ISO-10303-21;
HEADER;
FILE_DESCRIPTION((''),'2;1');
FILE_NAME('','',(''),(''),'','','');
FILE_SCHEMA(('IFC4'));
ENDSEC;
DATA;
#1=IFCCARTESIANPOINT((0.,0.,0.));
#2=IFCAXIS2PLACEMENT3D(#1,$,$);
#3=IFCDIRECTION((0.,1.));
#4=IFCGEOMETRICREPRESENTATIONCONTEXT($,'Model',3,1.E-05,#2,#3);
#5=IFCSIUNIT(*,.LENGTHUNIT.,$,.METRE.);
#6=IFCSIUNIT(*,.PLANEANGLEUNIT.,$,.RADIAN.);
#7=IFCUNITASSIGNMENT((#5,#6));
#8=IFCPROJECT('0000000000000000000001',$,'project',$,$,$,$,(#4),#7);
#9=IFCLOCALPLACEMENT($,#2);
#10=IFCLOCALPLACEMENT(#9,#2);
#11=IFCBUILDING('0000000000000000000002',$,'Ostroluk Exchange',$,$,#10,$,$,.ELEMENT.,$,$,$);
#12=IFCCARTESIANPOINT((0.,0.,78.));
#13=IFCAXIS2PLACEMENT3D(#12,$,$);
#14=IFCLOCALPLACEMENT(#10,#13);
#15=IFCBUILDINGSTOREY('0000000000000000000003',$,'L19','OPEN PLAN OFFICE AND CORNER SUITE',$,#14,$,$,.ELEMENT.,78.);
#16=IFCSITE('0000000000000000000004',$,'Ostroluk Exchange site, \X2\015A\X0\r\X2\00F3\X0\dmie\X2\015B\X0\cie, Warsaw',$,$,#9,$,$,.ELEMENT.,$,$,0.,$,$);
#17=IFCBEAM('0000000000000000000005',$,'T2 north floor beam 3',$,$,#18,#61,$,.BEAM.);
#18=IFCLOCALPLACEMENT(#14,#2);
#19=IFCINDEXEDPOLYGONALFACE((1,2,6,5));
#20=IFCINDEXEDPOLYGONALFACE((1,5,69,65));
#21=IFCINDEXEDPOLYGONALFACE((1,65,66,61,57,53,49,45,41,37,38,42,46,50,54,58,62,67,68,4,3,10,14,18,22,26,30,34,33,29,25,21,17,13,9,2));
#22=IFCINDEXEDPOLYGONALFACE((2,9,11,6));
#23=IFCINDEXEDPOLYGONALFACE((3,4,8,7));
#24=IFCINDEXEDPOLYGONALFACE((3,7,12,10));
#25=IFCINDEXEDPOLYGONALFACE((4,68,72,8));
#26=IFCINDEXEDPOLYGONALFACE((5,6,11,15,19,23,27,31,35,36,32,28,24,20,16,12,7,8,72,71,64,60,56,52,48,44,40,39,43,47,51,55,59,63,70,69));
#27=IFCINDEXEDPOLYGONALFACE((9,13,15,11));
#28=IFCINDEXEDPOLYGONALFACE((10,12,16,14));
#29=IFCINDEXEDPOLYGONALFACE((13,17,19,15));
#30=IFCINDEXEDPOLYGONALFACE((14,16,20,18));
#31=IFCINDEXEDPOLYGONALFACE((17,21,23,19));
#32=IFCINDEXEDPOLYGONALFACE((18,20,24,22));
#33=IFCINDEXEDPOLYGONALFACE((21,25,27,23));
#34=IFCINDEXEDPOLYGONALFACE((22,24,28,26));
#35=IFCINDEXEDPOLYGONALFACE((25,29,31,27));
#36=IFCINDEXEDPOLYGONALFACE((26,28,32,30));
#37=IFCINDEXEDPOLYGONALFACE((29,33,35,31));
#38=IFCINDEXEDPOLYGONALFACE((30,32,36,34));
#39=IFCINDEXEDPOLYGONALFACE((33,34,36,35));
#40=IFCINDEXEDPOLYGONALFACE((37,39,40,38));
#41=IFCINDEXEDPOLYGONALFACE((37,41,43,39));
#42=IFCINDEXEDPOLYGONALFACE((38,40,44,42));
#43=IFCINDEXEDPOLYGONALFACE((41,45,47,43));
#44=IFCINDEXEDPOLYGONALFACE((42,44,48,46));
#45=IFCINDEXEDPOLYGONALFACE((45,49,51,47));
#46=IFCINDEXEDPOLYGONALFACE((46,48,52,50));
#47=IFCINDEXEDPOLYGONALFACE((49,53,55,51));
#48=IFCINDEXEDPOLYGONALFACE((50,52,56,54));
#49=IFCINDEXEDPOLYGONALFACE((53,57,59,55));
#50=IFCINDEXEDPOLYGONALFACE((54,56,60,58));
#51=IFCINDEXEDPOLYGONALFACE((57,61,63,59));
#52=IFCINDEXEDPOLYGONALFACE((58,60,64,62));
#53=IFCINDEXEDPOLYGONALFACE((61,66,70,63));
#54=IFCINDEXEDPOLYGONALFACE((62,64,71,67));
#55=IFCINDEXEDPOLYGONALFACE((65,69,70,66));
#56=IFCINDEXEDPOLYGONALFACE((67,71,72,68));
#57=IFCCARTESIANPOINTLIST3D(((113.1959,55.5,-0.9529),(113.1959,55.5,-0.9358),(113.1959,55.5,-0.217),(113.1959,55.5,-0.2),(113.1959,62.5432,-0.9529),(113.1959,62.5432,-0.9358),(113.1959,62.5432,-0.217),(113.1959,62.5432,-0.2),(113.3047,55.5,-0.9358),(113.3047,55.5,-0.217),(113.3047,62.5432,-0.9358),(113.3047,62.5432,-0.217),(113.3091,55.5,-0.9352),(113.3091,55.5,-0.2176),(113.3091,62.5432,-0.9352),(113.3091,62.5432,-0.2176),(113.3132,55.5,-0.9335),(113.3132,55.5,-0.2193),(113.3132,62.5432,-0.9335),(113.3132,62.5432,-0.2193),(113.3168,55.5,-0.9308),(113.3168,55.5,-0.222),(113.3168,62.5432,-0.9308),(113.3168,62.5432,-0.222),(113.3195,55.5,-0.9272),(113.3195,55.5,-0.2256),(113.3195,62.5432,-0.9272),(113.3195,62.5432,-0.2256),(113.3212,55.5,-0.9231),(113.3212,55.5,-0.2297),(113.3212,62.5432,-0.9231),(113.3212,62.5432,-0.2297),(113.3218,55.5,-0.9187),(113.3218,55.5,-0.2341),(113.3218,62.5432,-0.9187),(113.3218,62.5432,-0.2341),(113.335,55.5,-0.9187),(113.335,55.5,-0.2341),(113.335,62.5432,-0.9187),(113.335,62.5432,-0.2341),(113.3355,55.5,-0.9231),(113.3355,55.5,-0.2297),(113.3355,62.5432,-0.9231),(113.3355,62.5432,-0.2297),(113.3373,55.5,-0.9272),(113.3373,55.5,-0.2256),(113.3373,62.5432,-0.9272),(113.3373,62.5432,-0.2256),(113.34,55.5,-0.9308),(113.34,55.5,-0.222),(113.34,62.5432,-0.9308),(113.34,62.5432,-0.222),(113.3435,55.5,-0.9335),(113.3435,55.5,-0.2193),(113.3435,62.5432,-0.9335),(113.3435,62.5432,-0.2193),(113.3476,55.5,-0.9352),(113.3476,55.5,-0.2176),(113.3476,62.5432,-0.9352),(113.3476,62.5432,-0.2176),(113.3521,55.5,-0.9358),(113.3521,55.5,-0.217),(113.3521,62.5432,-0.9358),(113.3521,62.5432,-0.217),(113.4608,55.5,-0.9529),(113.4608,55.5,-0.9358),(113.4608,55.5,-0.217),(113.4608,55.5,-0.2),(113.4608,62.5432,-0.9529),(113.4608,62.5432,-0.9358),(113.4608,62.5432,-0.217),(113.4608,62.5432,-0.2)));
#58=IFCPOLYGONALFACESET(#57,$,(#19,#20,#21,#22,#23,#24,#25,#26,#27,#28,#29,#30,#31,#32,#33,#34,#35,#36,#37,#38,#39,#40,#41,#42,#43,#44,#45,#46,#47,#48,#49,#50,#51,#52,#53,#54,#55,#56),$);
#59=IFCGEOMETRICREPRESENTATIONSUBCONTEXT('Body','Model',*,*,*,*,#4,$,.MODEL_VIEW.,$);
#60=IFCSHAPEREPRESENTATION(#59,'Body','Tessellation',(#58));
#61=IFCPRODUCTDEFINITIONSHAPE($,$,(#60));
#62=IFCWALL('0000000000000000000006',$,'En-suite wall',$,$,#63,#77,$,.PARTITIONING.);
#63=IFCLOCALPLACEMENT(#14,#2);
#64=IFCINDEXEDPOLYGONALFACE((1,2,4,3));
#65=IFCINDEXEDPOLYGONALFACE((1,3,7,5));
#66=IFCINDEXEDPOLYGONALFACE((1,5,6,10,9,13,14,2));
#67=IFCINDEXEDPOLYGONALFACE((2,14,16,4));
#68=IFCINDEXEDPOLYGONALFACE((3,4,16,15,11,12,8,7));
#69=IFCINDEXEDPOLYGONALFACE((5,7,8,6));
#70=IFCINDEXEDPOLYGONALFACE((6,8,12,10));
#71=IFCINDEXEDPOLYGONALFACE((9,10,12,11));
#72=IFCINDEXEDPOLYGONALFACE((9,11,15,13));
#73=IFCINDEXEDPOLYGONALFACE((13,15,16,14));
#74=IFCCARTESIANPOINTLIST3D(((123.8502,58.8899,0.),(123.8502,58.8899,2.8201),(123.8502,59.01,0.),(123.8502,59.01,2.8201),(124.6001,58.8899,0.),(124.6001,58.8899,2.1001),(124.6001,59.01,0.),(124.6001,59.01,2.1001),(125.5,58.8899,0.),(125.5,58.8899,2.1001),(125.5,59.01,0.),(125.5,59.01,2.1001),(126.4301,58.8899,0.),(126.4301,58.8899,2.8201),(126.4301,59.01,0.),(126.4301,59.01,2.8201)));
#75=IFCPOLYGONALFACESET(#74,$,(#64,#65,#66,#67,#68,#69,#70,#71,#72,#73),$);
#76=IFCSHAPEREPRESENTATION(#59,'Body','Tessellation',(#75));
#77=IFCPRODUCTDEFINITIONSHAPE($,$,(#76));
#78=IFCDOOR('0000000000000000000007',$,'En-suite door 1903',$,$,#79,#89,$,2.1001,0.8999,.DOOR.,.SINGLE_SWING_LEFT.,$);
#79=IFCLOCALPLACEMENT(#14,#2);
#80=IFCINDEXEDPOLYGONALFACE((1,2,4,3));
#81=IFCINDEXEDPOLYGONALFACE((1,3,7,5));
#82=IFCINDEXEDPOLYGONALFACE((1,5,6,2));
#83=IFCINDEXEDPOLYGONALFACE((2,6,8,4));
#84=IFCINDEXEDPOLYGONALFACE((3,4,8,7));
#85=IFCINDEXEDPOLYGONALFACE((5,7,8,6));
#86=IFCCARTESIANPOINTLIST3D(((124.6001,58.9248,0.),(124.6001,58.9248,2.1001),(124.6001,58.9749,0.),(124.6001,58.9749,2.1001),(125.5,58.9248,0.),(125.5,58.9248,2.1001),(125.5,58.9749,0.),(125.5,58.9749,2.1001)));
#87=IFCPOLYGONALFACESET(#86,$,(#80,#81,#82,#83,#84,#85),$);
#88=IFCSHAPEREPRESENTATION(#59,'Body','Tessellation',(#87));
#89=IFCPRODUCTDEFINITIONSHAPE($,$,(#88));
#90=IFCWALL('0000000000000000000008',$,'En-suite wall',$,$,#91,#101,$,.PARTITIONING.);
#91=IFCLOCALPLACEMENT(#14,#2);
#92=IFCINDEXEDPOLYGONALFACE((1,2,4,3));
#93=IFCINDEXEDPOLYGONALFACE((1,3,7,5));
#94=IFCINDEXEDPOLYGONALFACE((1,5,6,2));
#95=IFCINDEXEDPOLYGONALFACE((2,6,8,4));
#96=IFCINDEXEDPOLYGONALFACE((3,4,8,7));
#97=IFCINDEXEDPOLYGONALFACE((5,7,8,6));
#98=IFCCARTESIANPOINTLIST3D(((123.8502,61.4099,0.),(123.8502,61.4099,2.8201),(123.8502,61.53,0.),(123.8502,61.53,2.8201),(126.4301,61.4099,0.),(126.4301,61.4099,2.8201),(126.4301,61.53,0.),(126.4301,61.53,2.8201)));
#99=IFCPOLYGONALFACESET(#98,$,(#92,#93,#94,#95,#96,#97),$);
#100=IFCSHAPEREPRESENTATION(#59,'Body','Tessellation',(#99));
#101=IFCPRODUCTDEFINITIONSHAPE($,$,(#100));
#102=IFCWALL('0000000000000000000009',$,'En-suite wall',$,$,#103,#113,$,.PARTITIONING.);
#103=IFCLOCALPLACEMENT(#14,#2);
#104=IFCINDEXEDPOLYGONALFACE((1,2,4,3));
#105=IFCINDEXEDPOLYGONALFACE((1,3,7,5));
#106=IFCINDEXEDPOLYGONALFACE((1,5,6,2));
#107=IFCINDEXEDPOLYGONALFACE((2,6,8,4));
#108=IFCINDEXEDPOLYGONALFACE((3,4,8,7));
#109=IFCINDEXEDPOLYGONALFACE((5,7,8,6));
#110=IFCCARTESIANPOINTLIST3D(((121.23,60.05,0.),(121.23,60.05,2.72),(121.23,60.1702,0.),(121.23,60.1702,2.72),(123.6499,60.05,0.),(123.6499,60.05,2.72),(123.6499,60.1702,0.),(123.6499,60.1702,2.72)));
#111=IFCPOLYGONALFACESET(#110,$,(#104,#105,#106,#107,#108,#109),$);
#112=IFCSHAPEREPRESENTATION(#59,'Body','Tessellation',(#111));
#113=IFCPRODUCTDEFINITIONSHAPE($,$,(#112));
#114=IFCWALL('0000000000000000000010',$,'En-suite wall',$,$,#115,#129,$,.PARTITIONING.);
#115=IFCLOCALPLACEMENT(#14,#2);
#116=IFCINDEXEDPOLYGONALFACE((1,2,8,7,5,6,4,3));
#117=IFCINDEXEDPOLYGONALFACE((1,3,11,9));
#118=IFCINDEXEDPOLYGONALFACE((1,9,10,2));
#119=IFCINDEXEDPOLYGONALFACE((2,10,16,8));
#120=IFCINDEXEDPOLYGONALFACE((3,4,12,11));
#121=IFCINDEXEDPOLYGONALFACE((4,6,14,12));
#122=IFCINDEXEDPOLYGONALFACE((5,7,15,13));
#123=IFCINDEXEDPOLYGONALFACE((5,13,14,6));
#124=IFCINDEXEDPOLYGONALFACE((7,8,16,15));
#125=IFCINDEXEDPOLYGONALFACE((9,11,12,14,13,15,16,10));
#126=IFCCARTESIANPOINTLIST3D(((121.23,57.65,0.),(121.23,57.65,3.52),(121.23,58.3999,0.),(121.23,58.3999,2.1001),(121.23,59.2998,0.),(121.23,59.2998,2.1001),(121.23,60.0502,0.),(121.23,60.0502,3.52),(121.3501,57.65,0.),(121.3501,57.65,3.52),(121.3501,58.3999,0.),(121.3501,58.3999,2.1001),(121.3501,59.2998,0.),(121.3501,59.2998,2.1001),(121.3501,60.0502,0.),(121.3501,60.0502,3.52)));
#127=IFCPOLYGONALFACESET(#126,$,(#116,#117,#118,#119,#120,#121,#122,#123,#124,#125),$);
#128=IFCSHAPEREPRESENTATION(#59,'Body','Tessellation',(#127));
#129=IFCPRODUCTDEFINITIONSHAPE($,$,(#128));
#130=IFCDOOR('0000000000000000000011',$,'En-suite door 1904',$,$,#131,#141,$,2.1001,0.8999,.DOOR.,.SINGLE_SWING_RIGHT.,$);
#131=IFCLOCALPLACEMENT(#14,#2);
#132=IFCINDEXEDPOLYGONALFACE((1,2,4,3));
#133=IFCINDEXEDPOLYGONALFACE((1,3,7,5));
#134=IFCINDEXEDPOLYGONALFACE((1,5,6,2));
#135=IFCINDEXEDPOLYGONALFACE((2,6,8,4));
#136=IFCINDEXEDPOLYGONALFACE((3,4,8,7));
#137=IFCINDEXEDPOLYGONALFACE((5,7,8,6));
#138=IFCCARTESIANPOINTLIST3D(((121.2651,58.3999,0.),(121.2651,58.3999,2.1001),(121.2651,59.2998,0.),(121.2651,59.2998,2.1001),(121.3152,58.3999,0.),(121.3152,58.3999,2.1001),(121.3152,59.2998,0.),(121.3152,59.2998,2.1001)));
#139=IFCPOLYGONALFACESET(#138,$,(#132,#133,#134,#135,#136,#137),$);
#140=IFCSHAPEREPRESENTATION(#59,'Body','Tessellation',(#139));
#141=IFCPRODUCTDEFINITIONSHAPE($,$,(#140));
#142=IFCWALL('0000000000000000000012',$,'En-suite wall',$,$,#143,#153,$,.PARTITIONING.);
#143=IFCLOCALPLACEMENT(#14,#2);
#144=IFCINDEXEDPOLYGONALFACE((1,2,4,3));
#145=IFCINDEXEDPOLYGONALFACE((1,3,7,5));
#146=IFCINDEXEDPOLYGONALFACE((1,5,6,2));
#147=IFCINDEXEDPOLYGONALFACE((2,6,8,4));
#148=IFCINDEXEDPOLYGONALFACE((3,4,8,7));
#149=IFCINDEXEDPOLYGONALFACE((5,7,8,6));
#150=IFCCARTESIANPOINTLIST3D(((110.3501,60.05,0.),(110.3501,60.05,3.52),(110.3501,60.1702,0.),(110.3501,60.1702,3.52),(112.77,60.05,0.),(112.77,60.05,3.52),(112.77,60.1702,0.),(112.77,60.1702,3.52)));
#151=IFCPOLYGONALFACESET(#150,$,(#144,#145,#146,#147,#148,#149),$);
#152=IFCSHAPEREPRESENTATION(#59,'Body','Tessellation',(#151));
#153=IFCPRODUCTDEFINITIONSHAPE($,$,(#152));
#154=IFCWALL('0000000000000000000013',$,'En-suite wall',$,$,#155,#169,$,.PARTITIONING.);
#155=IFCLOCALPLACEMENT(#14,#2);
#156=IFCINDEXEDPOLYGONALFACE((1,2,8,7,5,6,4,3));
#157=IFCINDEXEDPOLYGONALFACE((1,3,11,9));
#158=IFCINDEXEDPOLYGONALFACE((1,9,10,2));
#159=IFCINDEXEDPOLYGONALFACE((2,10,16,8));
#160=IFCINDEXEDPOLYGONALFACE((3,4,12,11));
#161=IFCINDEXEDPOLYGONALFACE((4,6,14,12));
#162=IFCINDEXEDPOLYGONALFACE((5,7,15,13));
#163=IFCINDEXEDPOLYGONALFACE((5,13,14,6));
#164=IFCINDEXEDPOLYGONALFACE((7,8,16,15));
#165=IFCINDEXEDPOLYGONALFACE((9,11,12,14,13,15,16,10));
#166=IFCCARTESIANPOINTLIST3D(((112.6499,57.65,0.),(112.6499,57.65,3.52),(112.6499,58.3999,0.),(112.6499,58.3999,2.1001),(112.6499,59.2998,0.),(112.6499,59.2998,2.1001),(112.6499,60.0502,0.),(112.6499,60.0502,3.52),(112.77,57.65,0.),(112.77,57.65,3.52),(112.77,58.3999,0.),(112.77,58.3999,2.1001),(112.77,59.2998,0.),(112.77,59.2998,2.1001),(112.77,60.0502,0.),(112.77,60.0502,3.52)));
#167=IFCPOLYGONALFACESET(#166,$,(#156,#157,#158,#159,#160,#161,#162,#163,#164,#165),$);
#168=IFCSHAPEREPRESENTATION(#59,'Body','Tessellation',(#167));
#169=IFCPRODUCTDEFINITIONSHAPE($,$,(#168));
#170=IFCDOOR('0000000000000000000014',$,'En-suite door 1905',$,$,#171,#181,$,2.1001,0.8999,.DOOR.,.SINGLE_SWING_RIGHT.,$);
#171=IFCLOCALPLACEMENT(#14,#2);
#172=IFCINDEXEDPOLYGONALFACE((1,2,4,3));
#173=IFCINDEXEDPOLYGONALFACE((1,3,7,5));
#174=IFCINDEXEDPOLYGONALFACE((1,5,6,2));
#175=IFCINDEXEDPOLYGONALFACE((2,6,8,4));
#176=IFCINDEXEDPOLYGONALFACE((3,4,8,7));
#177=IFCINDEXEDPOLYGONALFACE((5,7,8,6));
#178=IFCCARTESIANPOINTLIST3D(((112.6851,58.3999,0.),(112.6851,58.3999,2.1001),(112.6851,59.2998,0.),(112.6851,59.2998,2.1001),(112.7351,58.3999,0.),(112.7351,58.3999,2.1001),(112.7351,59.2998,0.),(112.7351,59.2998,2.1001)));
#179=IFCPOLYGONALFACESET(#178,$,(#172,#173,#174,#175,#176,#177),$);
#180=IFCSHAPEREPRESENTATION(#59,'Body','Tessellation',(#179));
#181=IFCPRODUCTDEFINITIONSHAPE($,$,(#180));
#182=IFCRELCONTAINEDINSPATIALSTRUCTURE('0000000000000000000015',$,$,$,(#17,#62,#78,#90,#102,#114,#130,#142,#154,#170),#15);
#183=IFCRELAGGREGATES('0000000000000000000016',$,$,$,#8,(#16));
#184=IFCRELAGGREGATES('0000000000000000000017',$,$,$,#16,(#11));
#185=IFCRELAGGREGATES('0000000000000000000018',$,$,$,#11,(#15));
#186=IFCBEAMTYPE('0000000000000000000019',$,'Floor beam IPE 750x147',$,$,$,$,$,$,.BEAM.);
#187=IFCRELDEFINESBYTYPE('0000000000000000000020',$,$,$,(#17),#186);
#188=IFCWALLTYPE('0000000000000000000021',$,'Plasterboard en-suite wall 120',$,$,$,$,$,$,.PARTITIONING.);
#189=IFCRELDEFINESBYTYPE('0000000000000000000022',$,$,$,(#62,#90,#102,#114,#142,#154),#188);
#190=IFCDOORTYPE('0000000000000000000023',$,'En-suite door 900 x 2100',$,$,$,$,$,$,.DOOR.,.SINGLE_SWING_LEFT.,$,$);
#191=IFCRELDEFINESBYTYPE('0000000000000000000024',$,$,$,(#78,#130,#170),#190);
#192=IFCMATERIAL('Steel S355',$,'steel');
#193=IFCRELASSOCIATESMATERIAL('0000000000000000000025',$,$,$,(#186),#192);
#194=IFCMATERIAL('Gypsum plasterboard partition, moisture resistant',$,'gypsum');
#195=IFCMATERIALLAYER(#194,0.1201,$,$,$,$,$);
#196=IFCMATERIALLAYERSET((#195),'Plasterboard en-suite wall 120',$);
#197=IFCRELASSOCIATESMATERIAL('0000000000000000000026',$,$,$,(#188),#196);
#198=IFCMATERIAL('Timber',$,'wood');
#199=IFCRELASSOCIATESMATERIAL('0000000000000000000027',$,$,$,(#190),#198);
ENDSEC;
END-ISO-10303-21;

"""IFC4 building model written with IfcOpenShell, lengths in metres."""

from ifc_helpers import new_model, si_unit, direction, frame, frame_2d, origin, origin_2d, place, context, subcontext, project, spatial, rectangle, i_section, extrude, material, layer, layer_set, material_profile, profile_set, type_object, element, fill, save


model = new_model("IFC4")

# Units and contexts
model_context = context("Model", 3, precision=1e-05, world=origin(), true_north=direction((0.0, 1.0)))
body_context = subcontext(model_context, "Body", "Model", "MODEL_VIEW")
ifc_project = project(units=[si_unit("LENGTHUNIT", "METRE"), si_unit("PLANEANGLEUNIT", "RADIAN")], contexts=[model_context])

# Site, building, storey
site_placement = place(None, origin())
site = spatial("IfcSite", under=ifc_project, at=site_placement, Name="Ostroluk Exchange site, Śródmieście, Warsaw", CompositionType="ELEMENT", RefElevation=0.0)
building_placement = place(site_placement, origin())
building = spatial("IfcBuilding", under=site, at=building_placement, Name="Ostroluk Exchange", CompositionType="ELEMENT")
storey_placement = place(building_placement, frame((0.0, 0.0, 78.0)))
storey = spatial("IfcBuildingStorey", under=building, at=storey_placement, Name="L19", Description="OPEN PLAN OFFICE AND CORNER SUITE", CompositionType="ELEMENT", Elevation=78.0)

# Beam
ifc_material_1 = material(Name="Steel S355", Category="steel")
ifc_material_profile_1 = material_profile(ifc_material_1, i_section(OverallWidth=0.2649, OverallDepth=0.7529, WebThickness=0.0132, FlangeThickness=0.0171, FilletRadius=0.0171, at=origin_2d()), Name="IPE 750x147")
ifc_profile_set_1 = profile_set([ifc_material_profile_1], Name="Steel S355")
beam_type = type_object("IfcBeamType", Name="Floor beam IPE 750x147", PredefinedType="BEAM", material=ifc_profile_set_1)
for number, where, z_axis, x_axis, name in (
    (1, (113.3284, 55.5, -0.5764), (0.0, 1.0, 0.0), (-1.0, 0.0, 0.0), "T2 north floor beam 3"),
):
    element("IfcBeam", number, at=place(storey_placement, frame(where, z_axis=z_axis, x_axis=x_axis)), inside=storey, type_object=beam_type, Name=name, PredefinedType="BEAM", context=body_context, shape_type="SweptSolid", body=[
        extrude(i_section(OverallWidth=0.2649, OverallDepth=0.7529, WebThickness=0.0132, FlangeThickness=0.0171, FilletRadius=0.0171, at=origin_2d()), origin(), (0.0, 0.0, 1.0), 7.0432),
    ])

# Wall, opening, door
ifc_material_2 = material(Name="Gypsum plasterboard partition, moisture resistant", Category="gypsum")
ifc_layer_1 = layer(ifc_material_2, 0.1201)
ifc_layer_set_1 = layer_set([ifc_layer_1], Name="Plasterboard en-suite wall 120")
wall_type_1 = type_object("IfcWallType", Name="Plasterboard en-suite wall 120", PredefinedType="PARTITIONING", material=ifc_layer_set_1)
wall_1_placement = place(storey_placement, frame((123.8501, 58.95, 0.0), z_axis=(0.0, 0.0, 1.0), x_axis=(1.0, 0.0, 0.0)))
wall_1 = element("IfcWall", 2, at=wall_1_placement, inside=storey, type_object=wall_type_1, Name="En-suite wall", PredefinedType="PARTITIONING", context=body_context, shape_type="SweptSolid", body=[
    extrude(rectangle(XDim=2.5798, YDim=0.1201, at=frame_2d((1.29, 0.0))), origin(), (0.0, 0.0, 1.0), 2.8201),
])
opening_1_placement = place(wall_1_placement, frame((0.75, 0.0, 0.0)))
opening_1 = element("IfcOpeningElement", 3, at=opening_1_placement, cuts=wall_1, PredefinedType="OPENING", context=body_context, shape_type="SweptSolid", body=[
    extrude(rectangle(XDim=0.8999, YDim=2.1001, at=frame_2d((0.45, 1.05))), frame((0.0, 0.0701, 0.0), z_axis=(0.0, -1.0, 0.0), x_axis=(1.0, 0.0, 0.0)), (0.0, 0.0, 1.0), 0.1401),
])
ifc_material_3 = material(Name="Timber", Category="wood")
door_type = type_object("IfcDoorType", Name="En-suite door 900 x 2100", OperationType="SINGLE_SWING_LEFT", PredefinedType="DOOR", material=ifc_material_3)
door_1_placement = place(opening_1_placement, origin())
door_1 = element("IfcDoor", 4, at=door_1_placement, inside=storey, type_object=door_type, Name="En-suite door 1903", OperationType="SINGLE_SWING_LEFT", OverallHeight=2.1001, OverallWidth=0.8999, PredefinedType="DOOR", context=body_context, shape_type="SweptSolid", body=[
    extrude(rectangle(XDim=0.8999, YDim=2.1001, at=frame_2d((0.45, 1.05))), frame((0.0, 0.0249, 0.0), z_axis=(0.0, -1.0, 0.0), x_axis=(1.0, 0.0, 0.0)), (0.0, 0.0, 1.0), 0.05),
])
fill(opening_1, door_1)

# Walls
wall_2_placement = place(storey_placement, frame((123.8501, 61.47, 0.0), z_axis=(0.0, 0.0, 1.0), x_axis=(1.0, 0.0, 0.0)))
element("IfcWall", 5, at=wall_2_placement, inside=storey, type_object=wall_type_1, Name="En-suite wall", PredefinedType="PARTITIONING", context=body_context, shape_type="SweptSolid", body=[
    extrude(rectangle(XDim=2.5798, YDim=0.1201, at=frame_2d((1.29, 0.0))), origin(), (0.0, 0.0, 1.0), 2.8201),
])
wall_3_placement = place(storey_placement, frame((123.6499, 60.1101, 0.0), z_axis=(0.0, 0.0, 1.0), x_axis=(-1.0, 0.0, 0.0)))
element("IfcWall", 6, at=wall_3_placement, inside=storey, type_object=wall_type_1, Name="En-suite wall", PredefinedType="PARTITIONING", context=body_context, shape_type="SweptSolid", body=[
    extrude(rectangle(XDim=2.4199, YDim=0.1201, at=frame_2d((1.21, 0.0))), origin(), (0.0, 0.0, 1.0), 2.72),
])

# Wall, opening, door
wall_4_placement = place(storey_placement, frame((121.29, 57.6499, 0.0), z_axis=(0.0, 0.0, 1.0), x_axis=(0.0, 1.0, 0.0)))
wall_4 = element("IfcWall", 7, at=wall_4_placement, inside=storey, type_object=wall_type_1, Name="En-suite wall", PredefinedType="PARTITIONING", context=body_context, shape_type="SweptSolid", body=[
    extrude(rectangle(XDim=2.4001, YDim=0.1201, at=frame_2d((1.2002, 0.0))), origin(), (0.0, 0.0, 1.0), 3.52),
])
opening_2_placement = place(wall_4_placement, frame((0.75, 0.0, 0.0)))
opening_2 = element("IfcOpeningElement", 8, at=opening_2_placement, cuts=wall_4, PredefinedType="OPENING", context=body_context, shape_type="SweptSolid", body=[
    extrude(rectangle(XDim=0.8999, YDim=2.1001, at=frame_2d((0.45, 1.05))), frame((0.0, 0.0701, 0.0), z_axis=(0.0, -1.0, 0.0), x_axis=(1.0, 0.0, 0.0)), (0.0, 0.0, 1.0), 0.1401),
])
door_2_placement = place(opening_2_placement, origin())
door_2 = element("IfcDoor", 9, at=door_2_placement, inside=storey, type_object=door_type, Name="En-suite door 1904", OperationType="SINGLE_SWING_RIGHT", OverallHeight=2.1001, OverallWidth=0.8999, PredefinedType="DOOR", context=body_context, shape_type="SweptSolid", body=[
    extrude(rectangle(XDim=0.8999, YDim=2.1001, at=frame_2d((0.45, 1.05))), frame((0.0, 0.0249, 0.0), z_axis=(0.0, -1.0, 0.0), x_axis=(1.0, 0.0, 0.0)), (0.0, 0.0, 1.0), 0.05),
])
fill(opening_2, door_2)

# Wall
wall_5_placement = place(storey_placement, frame((112.77, 60.1101, 0.0), z_axis=(0.0, 0.0, 1.0), x_axis=(-1.0, 0.0, 0.0)))
element("IfcWall", 10, at=wall_5_placement, inside=storey, type_object=wall_type_1, Name="En-suite wall", PredefinedType="PARTITIONING", context=body_context, shape_type="SweptSolid", body=[
    extrude(rectangle(XDim=2.4199, YDim=0.1201, at=frame_2d((1.21, 0.0))), origin(), (0.0, 0.0, 1.0), 3.52),
])

# Wall, opening, door
wall_6_placement = place(storey_placement, frame((112.71, 57.6499, 0.0), z_axis=(0.0, 0.0, 1.0), x_axis=(0.0, 1.0, 0.0)))
wall_6 = element("IfcWall", 11, at=wall_6_placement, inside=storey, type_object=wall_type_1, Name="En-suite wall", PredefinedType="PARTITIONING", context=body_context, shape_type="SweptSolid", body=[
    extrude(rectangle(XDim=2.4001, YDim=0.1201, at=frame_2d((1.2002, 0.0))), origin(), (0.0, 0.0, 1.0), 3.52),
])
opening_3_placement = place(wall_6_placement, frame((0.75, 0.0, 0.0)))
opening_3 = element("IfcOpeningElement", 12, at=opening_3_placement, cuts=wall_6, PredefinedType="OPENING", context=body_context, shape_type="SweptSolid", body=[
    extrude(rectangle(XDim=0.8999, YDim=2.1001, at=frame_2d((0.45, 1.05))), frame((0.0, 0.0701, 0.0), z_axis=(0.0, -1.0, 0.0), x_axis=(1.0, 0.0, 0.0)), (0.0, 0.0, 1.0), 0.1401),
])
door_3_placement = place(opening_3_placement, origin())
door_3 = element("IfcDoor", 13, at=door_3_placement, inside=storey, type_object=door_type, Name="En-suite door 1905", OperationType="SINGLE_SWING_RIGHT", OverallHeight=2.1001, OverallWidth=0.8999, PredefinedType="DOOR", context=body_context, shape_type="SweptSolid", body=[
    extrude(rectangle(XDim=0.8999, YDim=2.1001, at=frame_2d((0.45, 1.05))), frame((0.0, 0.0249, 0.0), z_axis=(0.0, -1.0, 0.0), x_axis=(1.0, 0.0, 0.0)), (0.0, 0.0, 1.0), 0.05),
])
fill(opening_3, door_3)

save(model, "model.ifc")
